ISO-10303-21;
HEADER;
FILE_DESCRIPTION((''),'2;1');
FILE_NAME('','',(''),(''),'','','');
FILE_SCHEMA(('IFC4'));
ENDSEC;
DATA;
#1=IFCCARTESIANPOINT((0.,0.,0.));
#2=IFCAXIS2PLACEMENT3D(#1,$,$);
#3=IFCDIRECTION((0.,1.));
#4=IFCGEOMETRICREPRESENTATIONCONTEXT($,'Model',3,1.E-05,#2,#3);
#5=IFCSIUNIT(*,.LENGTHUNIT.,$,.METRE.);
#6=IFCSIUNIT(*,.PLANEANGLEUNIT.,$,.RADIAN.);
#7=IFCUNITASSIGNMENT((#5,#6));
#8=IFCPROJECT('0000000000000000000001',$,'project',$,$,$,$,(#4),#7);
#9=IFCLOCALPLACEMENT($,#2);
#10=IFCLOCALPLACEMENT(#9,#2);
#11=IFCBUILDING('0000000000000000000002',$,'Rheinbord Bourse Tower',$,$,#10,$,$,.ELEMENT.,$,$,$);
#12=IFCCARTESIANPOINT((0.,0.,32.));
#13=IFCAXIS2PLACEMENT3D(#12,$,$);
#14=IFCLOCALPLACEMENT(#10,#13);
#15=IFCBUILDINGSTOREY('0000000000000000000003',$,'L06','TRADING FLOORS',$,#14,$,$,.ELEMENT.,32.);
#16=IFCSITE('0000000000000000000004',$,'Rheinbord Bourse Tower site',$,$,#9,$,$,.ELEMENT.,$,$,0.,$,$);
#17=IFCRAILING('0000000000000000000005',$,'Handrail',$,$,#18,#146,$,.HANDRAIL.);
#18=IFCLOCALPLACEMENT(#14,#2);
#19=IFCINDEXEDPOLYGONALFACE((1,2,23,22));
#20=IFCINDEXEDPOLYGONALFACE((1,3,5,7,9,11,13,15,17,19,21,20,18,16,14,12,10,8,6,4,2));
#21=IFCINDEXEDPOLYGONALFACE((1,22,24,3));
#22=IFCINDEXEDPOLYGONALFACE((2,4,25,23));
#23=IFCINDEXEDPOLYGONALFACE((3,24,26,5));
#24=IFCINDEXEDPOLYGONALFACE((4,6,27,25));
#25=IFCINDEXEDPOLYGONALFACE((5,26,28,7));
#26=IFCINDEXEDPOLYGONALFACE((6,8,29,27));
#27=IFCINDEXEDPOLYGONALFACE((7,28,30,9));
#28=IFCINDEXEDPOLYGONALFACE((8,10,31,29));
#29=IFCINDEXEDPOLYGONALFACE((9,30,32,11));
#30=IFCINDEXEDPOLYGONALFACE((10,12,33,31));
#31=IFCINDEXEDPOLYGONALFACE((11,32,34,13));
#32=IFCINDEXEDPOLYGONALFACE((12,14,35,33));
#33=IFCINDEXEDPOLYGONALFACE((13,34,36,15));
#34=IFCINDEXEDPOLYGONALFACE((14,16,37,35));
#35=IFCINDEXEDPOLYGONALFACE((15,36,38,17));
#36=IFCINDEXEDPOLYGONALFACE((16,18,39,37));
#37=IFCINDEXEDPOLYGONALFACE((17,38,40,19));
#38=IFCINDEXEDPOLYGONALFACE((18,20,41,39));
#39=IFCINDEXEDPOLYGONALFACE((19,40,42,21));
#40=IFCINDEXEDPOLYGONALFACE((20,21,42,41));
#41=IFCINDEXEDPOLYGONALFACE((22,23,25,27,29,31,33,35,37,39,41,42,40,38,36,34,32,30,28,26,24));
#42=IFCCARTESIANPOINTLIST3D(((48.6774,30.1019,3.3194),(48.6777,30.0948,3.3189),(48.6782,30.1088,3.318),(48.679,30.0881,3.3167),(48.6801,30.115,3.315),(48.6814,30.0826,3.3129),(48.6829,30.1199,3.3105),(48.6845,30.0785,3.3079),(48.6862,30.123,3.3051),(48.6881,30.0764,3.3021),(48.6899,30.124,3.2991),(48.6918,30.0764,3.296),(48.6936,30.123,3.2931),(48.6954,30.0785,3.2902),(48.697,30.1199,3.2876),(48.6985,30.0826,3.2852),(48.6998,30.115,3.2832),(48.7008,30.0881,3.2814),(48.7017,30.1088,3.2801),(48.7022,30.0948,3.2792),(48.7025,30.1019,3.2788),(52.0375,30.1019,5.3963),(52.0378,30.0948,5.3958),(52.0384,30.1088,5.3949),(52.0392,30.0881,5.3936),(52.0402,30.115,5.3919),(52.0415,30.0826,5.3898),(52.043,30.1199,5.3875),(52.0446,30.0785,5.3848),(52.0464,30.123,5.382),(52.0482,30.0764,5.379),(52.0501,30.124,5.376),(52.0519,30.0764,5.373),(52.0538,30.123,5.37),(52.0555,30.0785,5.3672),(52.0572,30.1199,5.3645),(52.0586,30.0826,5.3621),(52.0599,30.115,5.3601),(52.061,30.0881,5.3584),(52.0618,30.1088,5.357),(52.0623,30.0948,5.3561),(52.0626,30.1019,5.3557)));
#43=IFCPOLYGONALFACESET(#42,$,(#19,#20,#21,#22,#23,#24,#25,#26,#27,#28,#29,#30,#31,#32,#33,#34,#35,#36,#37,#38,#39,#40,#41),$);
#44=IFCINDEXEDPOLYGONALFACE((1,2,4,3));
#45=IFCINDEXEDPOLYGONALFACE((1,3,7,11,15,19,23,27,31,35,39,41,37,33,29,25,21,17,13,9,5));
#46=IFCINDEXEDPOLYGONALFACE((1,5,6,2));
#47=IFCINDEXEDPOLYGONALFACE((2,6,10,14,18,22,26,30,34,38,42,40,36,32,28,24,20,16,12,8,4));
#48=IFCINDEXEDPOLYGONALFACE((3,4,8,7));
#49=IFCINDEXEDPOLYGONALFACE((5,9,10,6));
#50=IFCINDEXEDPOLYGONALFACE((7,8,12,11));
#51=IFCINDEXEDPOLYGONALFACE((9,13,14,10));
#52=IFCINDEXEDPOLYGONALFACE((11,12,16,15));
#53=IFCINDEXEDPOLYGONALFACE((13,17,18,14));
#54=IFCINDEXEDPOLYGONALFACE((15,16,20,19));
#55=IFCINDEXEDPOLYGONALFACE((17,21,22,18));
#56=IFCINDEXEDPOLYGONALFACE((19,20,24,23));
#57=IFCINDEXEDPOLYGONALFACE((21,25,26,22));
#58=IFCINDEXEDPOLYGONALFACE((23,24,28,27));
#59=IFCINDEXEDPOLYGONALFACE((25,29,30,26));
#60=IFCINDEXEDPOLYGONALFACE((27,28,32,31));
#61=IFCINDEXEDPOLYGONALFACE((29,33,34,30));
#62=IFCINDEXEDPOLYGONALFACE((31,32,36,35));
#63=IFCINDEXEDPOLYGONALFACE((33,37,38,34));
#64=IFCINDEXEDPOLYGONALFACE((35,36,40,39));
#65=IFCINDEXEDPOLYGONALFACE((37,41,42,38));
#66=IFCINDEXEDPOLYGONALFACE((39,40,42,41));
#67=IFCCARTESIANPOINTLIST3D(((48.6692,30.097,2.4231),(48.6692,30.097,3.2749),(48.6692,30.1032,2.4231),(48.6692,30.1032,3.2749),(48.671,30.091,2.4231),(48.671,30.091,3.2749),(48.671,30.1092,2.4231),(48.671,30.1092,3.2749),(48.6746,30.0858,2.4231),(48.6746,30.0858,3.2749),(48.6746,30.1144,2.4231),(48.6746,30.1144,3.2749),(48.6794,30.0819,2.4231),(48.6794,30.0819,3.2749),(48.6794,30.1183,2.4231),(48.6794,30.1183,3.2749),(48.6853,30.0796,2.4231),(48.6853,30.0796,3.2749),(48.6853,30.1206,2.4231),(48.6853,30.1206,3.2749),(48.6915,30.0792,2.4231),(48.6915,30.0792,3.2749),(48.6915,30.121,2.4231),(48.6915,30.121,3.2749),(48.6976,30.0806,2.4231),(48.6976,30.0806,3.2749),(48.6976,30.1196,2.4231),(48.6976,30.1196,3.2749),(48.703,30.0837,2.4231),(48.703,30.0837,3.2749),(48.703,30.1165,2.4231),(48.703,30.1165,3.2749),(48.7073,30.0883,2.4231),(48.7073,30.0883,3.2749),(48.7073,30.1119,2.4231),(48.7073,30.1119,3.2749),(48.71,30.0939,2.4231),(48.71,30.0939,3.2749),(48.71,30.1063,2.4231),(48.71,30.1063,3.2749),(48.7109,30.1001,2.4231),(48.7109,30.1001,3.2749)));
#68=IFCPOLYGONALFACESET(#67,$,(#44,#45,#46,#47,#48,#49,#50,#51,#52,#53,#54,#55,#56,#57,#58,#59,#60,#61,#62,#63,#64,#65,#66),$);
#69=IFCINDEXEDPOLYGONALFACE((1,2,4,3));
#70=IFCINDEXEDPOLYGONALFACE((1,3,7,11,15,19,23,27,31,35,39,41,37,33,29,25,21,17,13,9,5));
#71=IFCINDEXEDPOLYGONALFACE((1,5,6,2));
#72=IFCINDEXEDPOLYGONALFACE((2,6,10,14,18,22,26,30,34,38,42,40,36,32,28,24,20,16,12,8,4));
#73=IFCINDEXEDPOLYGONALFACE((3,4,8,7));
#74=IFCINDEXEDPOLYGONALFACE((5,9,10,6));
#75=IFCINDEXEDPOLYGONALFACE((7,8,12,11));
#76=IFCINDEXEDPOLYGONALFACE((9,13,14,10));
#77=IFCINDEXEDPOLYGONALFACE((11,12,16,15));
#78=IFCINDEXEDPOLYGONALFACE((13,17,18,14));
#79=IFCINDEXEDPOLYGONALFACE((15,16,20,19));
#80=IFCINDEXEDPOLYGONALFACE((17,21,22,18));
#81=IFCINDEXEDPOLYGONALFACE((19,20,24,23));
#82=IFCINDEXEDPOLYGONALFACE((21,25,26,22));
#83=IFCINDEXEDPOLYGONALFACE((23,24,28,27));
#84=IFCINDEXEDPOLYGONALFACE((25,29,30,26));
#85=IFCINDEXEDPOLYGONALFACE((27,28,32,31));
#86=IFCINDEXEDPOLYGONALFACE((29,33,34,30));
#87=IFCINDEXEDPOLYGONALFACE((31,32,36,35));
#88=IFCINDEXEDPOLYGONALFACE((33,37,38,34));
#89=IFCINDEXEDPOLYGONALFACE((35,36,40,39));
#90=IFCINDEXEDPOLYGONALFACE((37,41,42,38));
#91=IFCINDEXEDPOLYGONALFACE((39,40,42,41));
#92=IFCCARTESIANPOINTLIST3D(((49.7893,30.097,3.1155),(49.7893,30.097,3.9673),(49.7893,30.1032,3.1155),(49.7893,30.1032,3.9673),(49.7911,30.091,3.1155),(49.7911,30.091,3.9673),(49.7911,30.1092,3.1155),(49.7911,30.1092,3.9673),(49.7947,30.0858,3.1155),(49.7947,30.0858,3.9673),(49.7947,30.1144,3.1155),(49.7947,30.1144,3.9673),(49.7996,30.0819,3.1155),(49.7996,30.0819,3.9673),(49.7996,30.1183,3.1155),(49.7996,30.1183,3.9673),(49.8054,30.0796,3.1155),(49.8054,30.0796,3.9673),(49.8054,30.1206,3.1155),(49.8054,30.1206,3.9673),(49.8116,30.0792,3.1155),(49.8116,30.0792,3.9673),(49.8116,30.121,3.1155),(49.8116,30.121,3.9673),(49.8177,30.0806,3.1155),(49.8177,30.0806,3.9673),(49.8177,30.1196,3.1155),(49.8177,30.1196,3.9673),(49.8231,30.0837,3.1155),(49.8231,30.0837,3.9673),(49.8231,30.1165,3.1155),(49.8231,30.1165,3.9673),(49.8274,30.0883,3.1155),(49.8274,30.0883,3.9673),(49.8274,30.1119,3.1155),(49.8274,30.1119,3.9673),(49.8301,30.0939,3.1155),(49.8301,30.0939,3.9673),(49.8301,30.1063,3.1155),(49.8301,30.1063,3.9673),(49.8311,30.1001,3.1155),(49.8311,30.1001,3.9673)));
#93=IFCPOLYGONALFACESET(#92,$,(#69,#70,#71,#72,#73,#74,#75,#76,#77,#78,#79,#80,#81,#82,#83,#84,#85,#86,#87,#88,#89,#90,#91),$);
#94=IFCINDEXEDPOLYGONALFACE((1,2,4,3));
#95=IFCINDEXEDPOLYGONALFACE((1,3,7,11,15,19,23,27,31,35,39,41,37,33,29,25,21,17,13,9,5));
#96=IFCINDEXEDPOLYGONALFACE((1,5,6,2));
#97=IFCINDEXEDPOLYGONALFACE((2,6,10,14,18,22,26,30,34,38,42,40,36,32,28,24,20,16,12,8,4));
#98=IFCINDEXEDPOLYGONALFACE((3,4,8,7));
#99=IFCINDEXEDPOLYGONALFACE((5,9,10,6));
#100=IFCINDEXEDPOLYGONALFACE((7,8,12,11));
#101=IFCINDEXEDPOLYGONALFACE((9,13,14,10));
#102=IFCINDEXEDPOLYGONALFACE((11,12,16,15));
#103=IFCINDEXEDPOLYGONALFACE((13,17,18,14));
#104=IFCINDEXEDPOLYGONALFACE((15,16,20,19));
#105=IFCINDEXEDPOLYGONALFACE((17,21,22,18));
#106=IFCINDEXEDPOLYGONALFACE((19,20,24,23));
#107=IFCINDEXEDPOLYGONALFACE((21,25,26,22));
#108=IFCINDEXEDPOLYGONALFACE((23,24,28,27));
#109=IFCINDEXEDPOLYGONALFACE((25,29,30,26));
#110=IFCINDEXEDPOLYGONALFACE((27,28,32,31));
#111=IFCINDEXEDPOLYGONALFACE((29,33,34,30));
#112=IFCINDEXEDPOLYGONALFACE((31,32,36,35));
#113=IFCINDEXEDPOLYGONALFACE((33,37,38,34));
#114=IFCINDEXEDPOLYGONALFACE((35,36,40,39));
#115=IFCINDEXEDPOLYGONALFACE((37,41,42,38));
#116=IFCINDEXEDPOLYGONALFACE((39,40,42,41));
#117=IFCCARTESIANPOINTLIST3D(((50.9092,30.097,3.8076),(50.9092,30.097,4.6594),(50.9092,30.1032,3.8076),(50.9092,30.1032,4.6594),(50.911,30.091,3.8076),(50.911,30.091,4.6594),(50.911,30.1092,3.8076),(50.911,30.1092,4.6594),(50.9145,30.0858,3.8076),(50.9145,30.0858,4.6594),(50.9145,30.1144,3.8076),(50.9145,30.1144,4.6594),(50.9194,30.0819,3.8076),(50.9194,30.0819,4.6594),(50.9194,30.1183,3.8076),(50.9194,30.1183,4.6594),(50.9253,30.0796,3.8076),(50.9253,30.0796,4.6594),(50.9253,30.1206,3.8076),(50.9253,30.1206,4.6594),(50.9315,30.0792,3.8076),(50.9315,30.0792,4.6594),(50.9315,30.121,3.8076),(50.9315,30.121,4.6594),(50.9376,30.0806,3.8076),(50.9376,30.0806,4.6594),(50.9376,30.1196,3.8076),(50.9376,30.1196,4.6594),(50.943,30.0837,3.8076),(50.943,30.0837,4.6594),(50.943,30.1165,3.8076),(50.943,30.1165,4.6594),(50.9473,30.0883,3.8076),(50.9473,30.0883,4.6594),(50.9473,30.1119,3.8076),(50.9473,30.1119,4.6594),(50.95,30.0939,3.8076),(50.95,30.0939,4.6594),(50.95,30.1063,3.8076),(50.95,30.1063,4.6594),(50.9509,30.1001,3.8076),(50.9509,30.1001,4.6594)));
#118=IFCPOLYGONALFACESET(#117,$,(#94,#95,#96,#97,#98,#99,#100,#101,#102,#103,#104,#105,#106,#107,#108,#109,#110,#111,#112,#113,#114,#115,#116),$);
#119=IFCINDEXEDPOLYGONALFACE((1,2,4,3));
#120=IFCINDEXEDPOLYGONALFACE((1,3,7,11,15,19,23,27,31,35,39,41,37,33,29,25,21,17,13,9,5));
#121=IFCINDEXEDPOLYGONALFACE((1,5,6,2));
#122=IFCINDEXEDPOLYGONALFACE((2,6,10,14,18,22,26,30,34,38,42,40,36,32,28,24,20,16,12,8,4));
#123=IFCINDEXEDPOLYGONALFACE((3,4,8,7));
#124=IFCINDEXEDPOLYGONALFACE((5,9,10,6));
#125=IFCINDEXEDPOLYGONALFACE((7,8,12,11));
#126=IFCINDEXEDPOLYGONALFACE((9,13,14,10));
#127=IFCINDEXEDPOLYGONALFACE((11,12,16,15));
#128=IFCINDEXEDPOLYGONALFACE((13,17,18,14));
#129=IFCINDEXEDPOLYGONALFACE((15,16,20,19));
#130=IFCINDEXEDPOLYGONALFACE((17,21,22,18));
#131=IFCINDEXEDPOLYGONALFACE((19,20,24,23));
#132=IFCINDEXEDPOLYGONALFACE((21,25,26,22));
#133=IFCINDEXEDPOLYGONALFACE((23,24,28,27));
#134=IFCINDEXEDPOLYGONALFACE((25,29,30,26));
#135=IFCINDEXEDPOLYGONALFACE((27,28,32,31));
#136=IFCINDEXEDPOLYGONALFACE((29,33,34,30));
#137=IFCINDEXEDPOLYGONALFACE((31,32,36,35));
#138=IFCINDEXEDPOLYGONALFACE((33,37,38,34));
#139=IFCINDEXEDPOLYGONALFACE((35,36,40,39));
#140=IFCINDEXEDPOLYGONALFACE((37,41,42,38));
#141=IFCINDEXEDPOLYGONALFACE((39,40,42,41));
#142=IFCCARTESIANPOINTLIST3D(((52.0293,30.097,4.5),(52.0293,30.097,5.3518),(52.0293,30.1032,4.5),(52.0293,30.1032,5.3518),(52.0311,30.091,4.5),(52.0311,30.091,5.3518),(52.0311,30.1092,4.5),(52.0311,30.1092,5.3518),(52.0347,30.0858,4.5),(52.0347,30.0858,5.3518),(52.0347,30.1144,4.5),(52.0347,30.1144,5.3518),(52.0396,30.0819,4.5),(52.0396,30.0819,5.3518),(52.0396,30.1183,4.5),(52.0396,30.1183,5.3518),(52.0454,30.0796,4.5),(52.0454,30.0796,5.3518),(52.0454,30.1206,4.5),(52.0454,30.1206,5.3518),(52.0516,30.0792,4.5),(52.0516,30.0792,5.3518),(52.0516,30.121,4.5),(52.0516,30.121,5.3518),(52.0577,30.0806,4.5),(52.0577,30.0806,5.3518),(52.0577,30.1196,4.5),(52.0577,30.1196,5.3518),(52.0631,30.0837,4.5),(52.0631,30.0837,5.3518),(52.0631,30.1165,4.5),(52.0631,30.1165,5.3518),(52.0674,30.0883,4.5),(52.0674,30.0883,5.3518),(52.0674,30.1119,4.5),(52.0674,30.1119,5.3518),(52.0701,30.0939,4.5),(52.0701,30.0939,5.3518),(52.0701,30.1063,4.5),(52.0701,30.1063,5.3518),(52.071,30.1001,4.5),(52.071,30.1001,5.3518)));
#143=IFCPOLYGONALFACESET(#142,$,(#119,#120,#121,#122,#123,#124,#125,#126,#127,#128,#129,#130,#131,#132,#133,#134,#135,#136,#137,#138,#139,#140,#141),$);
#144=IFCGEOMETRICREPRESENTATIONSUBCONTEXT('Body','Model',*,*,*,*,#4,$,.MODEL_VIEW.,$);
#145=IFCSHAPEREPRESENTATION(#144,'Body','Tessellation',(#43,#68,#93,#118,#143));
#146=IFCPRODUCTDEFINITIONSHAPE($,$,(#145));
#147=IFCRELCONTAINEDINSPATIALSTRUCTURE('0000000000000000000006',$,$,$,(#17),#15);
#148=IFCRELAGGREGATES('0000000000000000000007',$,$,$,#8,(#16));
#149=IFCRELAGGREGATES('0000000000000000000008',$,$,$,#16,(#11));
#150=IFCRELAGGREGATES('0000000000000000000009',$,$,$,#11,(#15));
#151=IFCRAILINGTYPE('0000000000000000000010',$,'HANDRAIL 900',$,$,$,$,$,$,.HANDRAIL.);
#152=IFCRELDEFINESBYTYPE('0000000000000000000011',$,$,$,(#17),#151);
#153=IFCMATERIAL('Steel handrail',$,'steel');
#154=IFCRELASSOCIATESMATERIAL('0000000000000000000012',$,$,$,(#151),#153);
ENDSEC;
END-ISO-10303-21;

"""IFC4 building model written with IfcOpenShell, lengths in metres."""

from ifc_helpers import new_model, si_unit, direction, frame, origin, origin_2d, place, context, subcontext, project, spatial, circle, extrude, material, type_object, element, save


model = new_model("IFC4")

# Units and contexts
model_context = context("Model", 3, precision=1e-05, world=origin(), true_north=direction((0.0, 1.0)))
body_context = subcontext(model_context, "Body", "Model", "MODEL_VIEW")
ifc_project = project(units=[si_unit("LENGTHUNIT", "METRE"), si_unit("PLANEANGLEUNIT", "RADIAN")], contexts=[model_context])

# Site, building, storey
site_placement = place(None, origin())
site = spatial("IfcSite", under=ifc_project, at=site_placement, Name="Rheinbord Bourse Tower site", CompositionType="ELEMENT", RefElevation=0.0)
building_placement = place(site_placement, origin())
building = spatial("IfcBuilding", under=site, at=building_placement, Name="Rheinbord Bourse Tower", CompositionType="ELEMENT")
storey_placement = place(building_placement, frame((0.0, 0.0, 32.0)))
storey = spatial("IfcBuildingStorey", under=building, at=storey_placement, Name="L06", Description="TRADING FLOORS", CompositionType="ELEMENT", Elevation=32.0)

# Railing
ifc_material_1 = material(Name="Steel handrail", Category="steel")
railing_type = type_object("IfcRailingType", Name="HANDRAIL 900", PredefinedType="HANDRAIL", material=ifc_material_1)
railing_1_placement = place(storey_placement, frame((48.6899, 30.1001, 2.4231)))
element("IfcRailing", 1, at=railing_1_placement, inside=storey, type_object=railing_type, Name="Handrail", PredefinedType="HANDRAIL", context=body_context, shape_type="SweptSolid", body=[
    extrude(circle(Radius=0.0239, at=origin_2d()), frame((0.0, 0.0, 0.876), z_axis=(0.850623, 0.0, 0.525776), x_axis=(0.0, 1.0, 0.0)), (0.0, 0.0, 1.0), 3.9502),
    extrude(circle(Radius=0.021, at=origin_2d()), origin(), (0.0, 0.0, 1.0), 0.8518),
    extrude(circle(Radius=0.021, at=origin_2d()), frame((1.1201, 0.0, 0.6924)), (0.0, 0.0, 1.0), 0.8518),
    extrude(circle(Radius=0.021, at=origin_2d()), frame((2.24, 0.0, 1.3845)), (0.0, 0.0, 1.0), 0.8518),
    extrude(circle(Radius=0.021, at=origin_2d()), frame((3.3601, 0.0, 2.0769)), (0.0, 0.0, 1.0), 0.8518),
])

save(model, "model.ifc")
